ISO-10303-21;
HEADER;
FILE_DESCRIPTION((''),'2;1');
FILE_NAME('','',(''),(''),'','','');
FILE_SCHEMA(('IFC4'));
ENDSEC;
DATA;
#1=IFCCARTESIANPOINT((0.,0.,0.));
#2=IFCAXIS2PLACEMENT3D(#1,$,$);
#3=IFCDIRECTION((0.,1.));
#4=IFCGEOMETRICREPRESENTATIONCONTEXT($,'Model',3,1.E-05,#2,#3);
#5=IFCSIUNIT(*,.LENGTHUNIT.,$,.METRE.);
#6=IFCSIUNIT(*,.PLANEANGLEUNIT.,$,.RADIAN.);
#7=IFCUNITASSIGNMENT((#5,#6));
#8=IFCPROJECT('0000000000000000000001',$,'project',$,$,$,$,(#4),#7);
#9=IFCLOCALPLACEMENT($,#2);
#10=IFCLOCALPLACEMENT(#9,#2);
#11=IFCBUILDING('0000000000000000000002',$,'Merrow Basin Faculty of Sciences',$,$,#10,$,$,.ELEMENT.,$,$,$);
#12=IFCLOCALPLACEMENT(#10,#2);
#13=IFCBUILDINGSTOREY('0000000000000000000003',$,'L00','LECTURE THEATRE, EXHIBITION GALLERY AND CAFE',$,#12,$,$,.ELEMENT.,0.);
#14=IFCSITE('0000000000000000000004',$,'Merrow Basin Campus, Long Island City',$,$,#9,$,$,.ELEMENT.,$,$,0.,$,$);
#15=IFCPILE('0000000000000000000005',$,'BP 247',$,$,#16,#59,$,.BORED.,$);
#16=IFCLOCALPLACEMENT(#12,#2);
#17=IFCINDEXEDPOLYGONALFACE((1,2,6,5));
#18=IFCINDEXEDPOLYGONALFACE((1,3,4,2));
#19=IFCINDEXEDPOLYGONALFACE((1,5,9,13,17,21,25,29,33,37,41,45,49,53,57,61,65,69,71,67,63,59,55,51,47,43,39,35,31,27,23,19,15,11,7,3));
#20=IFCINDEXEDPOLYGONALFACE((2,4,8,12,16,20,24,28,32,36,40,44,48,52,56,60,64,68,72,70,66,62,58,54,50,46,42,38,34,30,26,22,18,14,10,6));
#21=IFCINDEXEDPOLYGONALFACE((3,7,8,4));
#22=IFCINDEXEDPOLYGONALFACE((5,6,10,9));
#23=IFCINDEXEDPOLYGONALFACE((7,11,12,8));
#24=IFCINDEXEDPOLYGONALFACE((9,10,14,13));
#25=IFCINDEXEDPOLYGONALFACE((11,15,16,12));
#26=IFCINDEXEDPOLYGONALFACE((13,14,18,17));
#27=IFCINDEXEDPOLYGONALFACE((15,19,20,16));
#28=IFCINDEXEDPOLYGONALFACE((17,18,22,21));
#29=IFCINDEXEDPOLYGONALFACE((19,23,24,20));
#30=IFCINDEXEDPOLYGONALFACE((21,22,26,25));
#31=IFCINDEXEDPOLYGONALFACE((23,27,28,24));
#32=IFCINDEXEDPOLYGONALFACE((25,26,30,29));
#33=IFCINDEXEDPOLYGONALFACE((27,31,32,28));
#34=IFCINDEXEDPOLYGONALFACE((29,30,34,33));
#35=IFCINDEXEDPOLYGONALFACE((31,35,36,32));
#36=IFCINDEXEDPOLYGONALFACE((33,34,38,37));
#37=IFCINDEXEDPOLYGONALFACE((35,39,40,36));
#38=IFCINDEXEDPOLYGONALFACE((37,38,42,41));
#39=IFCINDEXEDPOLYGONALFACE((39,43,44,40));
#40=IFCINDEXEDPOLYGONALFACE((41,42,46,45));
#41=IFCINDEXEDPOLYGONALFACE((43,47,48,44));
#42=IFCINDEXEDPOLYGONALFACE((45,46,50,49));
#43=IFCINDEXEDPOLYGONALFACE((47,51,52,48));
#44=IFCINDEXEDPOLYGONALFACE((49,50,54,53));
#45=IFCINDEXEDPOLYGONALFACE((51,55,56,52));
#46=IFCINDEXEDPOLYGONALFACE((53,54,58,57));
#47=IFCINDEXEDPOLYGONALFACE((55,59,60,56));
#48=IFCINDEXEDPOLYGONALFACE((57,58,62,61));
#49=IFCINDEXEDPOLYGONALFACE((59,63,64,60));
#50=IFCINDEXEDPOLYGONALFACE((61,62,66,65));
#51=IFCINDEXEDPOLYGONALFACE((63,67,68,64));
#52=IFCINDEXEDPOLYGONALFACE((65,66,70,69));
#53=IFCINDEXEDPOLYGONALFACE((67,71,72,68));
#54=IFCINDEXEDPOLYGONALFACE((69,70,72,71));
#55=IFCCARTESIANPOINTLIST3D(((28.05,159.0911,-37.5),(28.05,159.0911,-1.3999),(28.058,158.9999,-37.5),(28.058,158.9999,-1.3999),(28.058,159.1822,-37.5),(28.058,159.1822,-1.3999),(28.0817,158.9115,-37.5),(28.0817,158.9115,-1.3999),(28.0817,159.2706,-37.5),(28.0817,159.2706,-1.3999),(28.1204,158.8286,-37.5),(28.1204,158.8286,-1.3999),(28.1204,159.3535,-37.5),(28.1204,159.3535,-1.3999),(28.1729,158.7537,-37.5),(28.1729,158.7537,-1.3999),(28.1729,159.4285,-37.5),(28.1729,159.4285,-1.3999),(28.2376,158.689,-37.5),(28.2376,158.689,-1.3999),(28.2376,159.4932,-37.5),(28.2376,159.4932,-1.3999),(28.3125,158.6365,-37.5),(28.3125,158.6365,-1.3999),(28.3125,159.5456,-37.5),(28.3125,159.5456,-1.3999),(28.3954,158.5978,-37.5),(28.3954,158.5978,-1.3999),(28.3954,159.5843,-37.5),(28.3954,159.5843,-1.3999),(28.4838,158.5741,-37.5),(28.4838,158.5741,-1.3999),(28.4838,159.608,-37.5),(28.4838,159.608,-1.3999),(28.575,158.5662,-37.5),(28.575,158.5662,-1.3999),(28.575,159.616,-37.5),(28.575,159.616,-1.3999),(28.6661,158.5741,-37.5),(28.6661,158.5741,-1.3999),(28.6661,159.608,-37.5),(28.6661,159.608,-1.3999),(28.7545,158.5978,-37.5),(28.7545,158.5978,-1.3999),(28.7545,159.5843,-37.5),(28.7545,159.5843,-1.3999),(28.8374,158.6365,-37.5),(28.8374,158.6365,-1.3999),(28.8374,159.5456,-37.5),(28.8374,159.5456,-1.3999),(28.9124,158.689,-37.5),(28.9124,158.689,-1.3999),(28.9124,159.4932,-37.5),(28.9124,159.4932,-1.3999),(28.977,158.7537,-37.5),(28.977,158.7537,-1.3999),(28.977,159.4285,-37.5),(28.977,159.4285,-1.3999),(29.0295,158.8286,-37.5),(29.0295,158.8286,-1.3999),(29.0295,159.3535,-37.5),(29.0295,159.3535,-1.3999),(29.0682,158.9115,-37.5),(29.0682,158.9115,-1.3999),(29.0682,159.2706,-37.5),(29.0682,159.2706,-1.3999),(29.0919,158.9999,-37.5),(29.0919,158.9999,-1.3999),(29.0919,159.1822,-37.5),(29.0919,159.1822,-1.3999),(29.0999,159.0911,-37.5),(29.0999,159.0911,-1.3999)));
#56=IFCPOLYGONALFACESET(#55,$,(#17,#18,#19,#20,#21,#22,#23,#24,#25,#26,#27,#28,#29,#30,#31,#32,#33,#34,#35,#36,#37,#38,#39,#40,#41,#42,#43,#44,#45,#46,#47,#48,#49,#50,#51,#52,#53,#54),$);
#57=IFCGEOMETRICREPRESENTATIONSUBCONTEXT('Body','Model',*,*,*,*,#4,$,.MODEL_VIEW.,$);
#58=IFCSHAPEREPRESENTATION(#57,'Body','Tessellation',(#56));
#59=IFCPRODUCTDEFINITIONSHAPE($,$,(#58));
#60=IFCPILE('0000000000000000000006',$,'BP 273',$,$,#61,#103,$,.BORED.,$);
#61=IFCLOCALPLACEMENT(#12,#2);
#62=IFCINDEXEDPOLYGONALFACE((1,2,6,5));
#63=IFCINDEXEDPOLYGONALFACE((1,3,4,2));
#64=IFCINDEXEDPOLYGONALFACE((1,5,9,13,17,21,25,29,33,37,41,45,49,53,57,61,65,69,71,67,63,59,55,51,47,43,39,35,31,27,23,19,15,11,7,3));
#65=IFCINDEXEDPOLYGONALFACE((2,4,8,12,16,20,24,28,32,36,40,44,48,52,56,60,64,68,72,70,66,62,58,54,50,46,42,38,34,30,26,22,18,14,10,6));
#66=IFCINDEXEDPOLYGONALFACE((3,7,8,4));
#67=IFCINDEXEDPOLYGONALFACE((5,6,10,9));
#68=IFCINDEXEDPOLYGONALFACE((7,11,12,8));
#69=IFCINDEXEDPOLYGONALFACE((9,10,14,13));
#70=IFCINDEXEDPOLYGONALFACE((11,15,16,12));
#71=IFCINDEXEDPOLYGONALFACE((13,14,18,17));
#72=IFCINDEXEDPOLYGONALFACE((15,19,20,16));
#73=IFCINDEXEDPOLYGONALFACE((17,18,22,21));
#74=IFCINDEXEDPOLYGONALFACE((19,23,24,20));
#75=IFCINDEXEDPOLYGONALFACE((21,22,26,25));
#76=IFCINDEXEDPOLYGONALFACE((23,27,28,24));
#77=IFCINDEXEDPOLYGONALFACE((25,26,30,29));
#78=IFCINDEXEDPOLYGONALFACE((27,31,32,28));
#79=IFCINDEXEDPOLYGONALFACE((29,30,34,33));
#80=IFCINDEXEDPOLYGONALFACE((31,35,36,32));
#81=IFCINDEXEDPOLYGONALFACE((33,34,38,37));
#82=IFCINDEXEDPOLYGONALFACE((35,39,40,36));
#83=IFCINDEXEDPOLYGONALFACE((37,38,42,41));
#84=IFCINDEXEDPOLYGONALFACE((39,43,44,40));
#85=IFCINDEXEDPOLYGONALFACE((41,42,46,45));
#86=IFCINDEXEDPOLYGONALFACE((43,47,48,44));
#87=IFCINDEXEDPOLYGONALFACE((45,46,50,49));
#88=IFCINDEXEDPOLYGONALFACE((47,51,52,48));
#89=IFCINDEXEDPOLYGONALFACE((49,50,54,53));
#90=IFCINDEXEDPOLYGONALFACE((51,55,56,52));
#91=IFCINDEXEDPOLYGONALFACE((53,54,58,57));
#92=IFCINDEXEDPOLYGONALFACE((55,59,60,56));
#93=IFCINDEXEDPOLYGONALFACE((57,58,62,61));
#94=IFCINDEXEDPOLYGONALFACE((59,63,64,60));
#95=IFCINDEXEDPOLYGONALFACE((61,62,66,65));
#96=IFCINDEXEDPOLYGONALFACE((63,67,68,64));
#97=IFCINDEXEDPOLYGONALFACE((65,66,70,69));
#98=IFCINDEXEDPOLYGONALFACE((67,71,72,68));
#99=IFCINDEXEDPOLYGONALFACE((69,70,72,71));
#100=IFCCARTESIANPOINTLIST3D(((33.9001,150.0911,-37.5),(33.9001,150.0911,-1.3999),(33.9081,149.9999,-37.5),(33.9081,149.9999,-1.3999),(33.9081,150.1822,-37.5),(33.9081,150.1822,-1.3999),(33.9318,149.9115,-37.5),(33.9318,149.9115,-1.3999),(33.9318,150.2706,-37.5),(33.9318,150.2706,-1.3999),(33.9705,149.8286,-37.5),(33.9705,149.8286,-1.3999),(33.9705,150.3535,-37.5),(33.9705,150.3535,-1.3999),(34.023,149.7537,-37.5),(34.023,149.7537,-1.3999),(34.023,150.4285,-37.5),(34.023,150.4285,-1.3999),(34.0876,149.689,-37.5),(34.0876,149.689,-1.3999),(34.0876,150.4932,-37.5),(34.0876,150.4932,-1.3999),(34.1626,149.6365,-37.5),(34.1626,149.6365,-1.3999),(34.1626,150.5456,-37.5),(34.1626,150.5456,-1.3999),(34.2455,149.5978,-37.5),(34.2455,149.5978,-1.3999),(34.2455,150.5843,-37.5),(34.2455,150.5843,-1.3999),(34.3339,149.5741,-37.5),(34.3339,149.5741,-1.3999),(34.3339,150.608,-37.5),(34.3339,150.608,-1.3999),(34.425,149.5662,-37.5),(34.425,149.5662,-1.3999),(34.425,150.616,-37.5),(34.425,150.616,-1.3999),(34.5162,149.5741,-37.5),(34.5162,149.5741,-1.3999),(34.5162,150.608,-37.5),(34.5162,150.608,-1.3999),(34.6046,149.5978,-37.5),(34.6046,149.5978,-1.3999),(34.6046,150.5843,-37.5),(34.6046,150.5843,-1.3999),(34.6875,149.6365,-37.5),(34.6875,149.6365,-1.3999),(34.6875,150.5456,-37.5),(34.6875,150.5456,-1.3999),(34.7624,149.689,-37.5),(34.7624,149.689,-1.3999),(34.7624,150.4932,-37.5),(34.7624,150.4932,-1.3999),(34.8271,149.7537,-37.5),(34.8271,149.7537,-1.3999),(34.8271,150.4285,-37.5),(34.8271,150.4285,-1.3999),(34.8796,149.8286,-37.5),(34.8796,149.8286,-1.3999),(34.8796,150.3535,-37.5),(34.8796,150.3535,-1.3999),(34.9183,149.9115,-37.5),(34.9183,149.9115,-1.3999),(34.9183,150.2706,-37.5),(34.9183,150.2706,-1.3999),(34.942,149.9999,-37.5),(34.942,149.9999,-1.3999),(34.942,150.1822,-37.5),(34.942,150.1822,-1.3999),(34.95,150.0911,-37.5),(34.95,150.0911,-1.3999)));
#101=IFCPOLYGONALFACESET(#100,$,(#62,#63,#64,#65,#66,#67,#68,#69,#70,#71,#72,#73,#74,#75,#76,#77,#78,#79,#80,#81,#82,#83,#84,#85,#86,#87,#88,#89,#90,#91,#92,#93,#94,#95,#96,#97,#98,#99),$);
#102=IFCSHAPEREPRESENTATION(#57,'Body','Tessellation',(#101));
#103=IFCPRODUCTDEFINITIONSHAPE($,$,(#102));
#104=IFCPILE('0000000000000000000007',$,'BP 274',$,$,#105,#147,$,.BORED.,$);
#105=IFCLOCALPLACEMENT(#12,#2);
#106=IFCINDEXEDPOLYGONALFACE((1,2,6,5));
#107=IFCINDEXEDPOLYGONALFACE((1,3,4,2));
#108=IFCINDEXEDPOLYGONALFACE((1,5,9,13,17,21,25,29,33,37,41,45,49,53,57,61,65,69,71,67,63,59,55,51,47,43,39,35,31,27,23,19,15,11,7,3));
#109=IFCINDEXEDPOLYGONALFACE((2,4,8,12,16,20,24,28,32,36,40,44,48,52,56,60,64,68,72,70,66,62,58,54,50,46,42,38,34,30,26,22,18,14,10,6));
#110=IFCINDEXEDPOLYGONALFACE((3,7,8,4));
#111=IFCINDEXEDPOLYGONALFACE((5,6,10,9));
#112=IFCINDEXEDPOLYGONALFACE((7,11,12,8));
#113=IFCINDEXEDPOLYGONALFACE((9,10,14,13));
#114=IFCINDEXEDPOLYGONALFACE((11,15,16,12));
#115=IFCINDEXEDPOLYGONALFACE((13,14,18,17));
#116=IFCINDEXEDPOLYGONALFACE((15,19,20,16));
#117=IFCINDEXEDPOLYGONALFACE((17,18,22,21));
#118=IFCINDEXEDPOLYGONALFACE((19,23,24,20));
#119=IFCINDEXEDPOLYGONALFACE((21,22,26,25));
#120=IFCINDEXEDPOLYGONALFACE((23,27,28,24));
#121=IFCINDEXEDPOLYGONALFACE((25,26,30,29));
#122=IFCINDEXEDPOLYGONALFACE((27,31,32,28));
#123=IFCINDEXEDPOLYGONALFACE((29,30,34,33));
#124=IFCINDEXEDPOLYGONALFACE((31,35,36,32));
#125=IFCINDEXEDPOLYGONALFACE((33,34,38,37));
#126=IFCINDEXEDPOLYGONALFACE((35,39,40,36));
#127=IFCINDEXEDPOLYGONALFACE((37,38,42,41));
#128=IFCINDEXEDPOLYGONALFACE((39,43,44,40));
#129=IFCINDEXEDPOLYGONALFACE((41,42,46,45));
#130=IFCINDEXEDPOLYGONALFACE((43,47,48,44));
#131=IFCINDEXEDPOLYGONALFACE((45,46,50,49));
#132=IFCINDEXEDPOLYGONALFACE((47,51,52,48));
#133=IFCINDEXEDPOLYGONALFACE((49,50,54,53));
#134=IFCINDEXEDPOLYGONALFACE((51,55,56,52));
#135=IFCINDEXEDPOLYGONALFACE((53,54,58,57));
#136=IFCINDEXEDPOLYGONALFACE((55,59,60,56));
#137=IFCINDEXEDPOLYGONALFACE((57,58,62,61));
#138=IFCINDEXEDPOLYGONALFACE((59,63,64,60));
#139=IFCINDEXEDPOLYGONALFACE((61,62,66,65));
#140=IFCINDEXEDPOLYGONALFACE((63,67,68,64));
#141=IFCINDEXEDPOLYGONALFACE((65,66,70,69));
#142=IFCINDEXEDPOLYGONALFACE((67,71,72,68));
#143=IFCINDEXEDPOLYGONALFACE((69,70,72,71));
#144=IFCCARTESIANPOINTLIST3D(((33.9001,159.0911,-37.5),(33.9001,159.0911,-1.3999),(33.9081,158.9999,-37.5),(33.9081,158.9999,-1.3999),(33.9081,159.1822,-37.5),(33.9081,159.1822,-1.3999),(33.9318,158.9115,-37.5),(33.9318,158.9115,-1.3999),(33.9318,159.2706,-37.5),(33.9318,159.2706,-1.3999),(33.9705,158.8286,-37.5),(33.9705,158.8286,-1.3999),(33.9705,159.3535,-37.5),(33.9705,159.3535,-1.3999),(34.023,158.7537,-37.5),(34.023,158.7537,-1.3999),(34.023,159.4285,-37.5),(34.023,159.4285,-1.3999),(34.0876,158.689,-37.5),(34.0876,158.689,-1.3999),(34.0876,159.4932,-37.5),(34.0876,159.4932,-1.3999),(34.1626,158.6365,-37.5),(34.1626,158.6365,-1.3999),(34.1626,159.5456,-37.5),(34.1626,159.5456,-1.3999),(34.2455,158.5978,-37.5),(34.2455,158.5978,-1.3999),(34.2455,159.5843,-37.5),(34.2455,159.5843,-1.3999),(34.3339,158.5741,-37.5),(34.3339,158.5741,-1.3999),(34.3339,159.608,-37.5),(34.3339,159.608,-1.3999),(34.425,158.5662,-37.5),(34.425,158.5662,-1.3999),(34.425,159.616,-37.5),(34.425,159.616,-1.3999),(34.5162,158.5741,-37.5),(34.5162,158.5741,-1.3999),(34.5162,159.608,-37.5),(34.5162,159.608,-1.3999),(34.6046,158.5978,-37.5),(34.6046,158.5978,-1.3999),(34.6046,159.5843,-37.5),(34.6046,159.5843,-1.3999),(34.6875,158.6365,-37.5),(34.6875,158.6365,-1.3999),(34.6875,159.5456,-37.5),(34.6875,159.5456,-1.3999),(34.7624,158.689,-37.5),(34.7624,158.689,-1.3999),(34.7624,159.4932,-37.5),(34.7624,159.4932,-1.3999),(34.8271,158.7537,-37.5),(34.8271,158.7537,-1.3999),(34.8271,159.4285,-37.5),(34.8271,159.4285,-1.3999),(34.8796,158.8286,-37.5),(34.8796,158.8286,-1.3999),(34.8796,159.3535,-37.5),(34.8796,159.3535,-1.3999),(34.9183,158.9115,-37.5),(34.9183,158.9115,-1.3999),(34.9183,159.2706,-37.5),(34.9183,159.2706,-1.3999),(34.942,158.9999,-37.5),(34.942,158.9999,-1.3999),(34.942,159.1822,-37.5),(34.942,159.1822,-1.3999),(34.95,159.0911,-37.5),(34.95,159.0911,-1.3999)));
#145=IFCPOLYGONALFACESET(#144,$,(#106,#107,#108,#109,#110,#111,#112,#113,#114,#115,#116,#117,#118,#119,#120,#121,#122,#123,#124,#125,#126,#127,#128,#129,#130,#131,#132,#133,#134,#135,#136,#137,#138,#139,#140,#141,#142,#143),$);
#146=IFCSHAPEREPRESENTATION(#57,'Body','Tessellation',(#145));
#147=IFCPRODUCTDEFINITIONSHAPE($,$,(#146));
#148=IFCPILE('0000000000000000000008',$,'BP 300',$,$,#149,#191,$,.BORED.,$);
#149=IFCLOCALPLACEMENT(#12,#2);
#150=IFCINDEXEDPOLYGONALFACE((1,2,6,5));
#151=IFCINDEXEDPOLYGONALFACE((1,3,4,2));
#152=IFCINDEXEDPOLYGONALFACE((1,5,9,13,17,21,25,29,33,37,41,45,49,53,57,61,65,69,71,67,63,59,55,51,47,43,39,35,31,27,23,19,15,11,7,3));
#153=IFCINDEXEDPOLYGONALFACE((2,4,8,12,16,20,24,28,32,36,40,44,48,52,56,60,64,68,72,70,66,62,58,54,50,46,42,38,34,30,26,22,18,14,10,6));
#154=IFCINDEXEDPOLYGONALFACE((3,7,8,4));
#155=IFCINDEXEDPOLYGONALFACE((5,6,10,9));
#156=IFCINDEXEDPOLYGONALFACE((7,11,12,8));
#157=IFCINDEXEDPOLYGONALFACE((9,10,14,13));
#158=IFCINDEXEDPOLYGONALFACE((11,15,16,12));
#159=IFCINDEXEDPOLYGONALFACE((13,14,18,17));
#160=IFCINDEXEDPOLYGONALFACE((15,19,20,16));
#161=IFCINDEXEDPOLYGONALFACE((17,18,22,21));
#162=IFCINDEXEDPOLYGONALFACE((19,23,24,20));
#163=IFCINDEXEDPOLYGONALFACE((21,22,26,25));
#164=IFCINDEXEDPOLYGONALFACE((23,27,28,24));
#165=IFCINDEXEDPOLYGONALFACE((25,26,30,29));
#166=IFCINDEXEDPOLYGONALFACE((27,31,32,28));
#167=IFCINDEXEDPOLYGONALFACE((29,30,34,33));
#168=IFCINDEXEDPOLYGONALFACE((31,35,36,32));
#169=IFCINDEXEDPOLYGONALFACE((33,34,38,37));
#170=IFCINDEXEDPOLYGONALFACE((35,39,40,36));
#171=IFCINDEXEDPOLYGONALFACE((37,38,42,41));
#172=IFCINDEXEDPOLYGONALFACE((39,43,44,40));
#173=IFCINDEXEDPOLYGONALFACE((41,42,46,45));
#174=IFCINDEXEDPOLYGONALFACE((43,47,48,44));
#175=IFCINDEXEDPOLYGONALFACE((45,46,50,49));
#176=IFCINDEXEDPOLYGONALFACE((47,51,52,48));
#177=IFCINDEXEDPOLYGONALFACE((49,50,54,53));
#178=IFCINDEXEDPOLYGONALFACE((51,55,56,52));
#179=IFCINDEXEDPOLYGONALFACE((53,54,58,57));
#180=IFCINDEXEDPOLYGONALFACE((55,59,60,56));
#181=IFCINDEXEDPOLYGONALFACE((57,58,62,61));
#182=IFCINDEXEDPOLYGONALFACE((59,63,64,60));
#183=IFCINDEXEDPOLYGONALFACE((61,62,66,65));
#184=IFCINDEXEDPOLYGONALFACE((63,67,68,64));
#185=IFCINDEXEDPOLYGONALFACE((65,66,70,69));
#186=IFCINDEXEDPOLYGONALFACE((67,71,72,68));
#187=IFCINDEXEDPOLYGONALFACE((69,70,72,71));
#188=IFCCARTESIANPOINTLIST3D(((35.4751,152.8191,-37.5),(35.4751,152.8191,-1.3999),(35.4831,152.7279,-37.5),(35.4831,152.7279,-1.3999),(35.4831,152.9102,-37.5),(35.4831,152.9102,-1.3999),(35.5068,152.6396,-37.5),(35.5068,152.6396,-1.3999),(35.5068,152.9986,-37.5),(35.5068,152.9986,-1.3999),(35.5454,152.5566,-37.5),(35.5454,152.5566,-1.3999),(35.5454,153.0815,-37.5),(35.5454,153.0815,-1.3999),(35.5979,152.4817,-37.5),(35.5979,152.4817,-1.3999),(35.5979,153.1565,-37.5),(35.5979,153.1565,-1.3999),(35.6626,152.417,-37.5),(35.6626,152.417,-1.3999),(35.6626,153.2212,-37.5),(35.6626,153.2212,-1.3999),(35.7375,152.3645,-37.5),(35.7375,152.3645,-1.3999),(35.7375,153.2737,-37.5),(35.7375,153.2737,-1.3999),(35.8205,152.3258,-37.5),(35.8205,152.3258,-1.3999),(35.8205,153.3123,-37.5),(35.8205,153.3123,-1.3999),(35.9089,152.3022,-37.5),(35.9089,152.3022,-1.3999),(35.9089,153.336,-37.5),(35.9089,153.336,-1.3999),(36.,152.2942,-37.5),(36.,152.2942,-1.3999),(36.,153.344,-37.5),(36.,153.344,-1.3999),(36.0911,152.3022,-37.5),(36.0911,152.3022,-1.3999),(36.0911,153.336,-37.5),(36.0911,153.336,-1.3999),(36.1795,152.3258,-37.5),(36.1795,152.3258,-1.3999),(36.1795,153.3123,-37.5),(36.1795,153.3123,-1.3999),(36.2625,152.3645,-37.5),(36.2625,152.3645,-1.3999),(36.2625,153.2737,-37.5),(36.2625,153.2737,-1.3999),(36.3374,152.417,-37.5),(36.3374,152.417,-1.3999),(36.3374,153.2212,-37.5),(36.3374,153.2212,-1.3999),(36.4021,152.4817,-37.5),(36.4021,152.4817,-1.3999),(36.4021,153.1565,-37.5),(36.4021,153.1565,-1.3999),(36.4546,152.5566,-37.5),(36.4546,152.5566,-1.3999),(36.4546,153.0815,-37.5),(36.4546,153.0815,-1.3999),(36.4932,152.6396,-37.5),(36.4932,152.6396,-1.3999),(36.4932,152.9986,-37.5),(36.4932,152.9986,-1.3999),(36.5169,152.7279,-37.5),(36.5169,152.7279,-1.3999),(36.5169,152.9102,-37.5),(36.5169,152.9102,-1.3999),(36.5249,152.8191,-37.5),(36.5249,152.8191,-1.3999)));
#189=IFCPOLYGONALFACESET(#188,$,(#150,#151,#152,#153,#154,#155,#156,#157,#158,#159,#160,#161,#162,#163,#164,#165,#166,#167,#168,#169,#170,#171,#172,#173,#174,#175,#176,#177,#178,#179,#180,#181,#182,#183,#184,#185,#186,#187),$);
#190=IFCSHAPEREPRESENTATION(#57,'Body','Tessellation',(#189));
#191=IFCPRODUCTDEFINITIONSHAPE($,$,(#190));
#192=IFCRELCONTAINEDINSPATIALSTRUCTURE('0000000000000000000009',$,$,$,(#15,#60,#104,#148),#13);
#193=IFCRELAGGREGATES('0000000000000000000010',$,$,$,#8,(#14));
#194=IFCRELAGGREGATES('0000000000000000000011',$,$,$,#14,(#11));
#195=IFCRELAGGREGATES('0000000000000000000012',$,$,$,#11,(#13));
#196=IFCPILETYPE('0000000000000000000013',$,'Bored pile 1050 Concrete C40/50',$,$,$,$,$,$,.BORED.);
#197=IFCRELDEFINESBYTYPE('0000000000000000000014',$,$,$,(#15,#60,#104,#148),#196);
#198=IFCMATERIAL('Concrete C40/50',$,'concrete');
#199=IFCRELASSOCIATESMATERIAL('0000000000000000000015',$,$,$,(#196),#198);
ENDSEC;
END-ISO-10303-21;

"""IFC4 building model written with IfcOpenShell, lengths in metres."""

from ifc_helpers import new_model, si_unit, direction, frame, origin, origin_2d, place, context, subcontext, project, spatial, circle, extrude, material, material_profile, profile_set, type_object, element, save


model = new_model("IFC4")

# Units and contexts
model_context = context("Model", 3, precision=1e-05, world=origin(), true_north=direction((0.0, 1.0)))
body_context = subcontext(model_context, "Body", "Model", "MODEL_VIEW")
ifc_project = project(units=[si_unit("LENGTHUNIT", "METRE"), si_unit("PLANEANGLEUNIT", "RADIAN")], contexts=[model_context])

# Site, building, storey
site_placement = place(None, origin())
site = spatial("IfcSite", under=ifc_project, at=site_placement, Name="Merrow Basin Campus, Long Island City", CompositionType="ELEMENT", RefElevation=0.0)
building_placement = place(site_placement, origin())
building = spatial("IfcBuilding", under=site, at=building_placement, Name="Merrow Basin Faculty of Sciences", CompositionType="ELEMENT")
storey_placement = place(building_placement, origin())
storey = spatial("IfcBuildingStorey", under=building, at=storey_placement, Name="L00", Description="LECTURE THEATRE, EXHIBITION GALLERY AND CAFE", CompositionType="ELEMENT", Elevation=0.0)

# Piles
ifc_material_1 = material(Name="Concrete C40/50", Category="concrete")
ifc_material_profile_1 = material_profile(ifc_material_1, circle(Radius=0.5249, at=origin_2d()))
ifc_profile_set_1 = profile_set([ifc_material_profile_1], Name="Concrete C40/50")
pile_type_1 = type_object("IfcPileType", Name="Bored pile 1050 Concrete C40/50", PredefinedType="BORED", material=ifc_profile_set_1)
for number, where, z_axis, x_axis, name in (
    (1, (28.575, 159.0911, -1.3999), (0.0, 0.0, -1.0), (1.0, 0.0, 0.0), "BP 247"),
    (2, (34.425, 150.0911, -1.3999), (0.0, 0.0, -1.0), (1.0, 0.0, 0.0), "BP 273"),
    (3, (34.425, 159.0911, -1.3999), (0.0, 0.0, -1.0), (1.0, 0.0, 0.0), "BP 274"),
    (4, (36.0, 152.8191, -1.3999), (0.0, 0.0, -1.0), (1.0, 0.0, 0.0), "BP 300"),
):
    element("IfcPile", number, at=place(storey_placement, frame(where, z_axis=z_axis, x_axis=x_axis)), inside=storey, type_object=pile_type_1, Name=name, PredefinedType="BORED", context=body_context, shape_type="SweptSolid", body=[
        extrude(circle(Radius=0.5249, at=origin_2d()), origin(), (0.0, 0.0, 1.0), 36.1001),
    ])

save(model, "model.ifc")
